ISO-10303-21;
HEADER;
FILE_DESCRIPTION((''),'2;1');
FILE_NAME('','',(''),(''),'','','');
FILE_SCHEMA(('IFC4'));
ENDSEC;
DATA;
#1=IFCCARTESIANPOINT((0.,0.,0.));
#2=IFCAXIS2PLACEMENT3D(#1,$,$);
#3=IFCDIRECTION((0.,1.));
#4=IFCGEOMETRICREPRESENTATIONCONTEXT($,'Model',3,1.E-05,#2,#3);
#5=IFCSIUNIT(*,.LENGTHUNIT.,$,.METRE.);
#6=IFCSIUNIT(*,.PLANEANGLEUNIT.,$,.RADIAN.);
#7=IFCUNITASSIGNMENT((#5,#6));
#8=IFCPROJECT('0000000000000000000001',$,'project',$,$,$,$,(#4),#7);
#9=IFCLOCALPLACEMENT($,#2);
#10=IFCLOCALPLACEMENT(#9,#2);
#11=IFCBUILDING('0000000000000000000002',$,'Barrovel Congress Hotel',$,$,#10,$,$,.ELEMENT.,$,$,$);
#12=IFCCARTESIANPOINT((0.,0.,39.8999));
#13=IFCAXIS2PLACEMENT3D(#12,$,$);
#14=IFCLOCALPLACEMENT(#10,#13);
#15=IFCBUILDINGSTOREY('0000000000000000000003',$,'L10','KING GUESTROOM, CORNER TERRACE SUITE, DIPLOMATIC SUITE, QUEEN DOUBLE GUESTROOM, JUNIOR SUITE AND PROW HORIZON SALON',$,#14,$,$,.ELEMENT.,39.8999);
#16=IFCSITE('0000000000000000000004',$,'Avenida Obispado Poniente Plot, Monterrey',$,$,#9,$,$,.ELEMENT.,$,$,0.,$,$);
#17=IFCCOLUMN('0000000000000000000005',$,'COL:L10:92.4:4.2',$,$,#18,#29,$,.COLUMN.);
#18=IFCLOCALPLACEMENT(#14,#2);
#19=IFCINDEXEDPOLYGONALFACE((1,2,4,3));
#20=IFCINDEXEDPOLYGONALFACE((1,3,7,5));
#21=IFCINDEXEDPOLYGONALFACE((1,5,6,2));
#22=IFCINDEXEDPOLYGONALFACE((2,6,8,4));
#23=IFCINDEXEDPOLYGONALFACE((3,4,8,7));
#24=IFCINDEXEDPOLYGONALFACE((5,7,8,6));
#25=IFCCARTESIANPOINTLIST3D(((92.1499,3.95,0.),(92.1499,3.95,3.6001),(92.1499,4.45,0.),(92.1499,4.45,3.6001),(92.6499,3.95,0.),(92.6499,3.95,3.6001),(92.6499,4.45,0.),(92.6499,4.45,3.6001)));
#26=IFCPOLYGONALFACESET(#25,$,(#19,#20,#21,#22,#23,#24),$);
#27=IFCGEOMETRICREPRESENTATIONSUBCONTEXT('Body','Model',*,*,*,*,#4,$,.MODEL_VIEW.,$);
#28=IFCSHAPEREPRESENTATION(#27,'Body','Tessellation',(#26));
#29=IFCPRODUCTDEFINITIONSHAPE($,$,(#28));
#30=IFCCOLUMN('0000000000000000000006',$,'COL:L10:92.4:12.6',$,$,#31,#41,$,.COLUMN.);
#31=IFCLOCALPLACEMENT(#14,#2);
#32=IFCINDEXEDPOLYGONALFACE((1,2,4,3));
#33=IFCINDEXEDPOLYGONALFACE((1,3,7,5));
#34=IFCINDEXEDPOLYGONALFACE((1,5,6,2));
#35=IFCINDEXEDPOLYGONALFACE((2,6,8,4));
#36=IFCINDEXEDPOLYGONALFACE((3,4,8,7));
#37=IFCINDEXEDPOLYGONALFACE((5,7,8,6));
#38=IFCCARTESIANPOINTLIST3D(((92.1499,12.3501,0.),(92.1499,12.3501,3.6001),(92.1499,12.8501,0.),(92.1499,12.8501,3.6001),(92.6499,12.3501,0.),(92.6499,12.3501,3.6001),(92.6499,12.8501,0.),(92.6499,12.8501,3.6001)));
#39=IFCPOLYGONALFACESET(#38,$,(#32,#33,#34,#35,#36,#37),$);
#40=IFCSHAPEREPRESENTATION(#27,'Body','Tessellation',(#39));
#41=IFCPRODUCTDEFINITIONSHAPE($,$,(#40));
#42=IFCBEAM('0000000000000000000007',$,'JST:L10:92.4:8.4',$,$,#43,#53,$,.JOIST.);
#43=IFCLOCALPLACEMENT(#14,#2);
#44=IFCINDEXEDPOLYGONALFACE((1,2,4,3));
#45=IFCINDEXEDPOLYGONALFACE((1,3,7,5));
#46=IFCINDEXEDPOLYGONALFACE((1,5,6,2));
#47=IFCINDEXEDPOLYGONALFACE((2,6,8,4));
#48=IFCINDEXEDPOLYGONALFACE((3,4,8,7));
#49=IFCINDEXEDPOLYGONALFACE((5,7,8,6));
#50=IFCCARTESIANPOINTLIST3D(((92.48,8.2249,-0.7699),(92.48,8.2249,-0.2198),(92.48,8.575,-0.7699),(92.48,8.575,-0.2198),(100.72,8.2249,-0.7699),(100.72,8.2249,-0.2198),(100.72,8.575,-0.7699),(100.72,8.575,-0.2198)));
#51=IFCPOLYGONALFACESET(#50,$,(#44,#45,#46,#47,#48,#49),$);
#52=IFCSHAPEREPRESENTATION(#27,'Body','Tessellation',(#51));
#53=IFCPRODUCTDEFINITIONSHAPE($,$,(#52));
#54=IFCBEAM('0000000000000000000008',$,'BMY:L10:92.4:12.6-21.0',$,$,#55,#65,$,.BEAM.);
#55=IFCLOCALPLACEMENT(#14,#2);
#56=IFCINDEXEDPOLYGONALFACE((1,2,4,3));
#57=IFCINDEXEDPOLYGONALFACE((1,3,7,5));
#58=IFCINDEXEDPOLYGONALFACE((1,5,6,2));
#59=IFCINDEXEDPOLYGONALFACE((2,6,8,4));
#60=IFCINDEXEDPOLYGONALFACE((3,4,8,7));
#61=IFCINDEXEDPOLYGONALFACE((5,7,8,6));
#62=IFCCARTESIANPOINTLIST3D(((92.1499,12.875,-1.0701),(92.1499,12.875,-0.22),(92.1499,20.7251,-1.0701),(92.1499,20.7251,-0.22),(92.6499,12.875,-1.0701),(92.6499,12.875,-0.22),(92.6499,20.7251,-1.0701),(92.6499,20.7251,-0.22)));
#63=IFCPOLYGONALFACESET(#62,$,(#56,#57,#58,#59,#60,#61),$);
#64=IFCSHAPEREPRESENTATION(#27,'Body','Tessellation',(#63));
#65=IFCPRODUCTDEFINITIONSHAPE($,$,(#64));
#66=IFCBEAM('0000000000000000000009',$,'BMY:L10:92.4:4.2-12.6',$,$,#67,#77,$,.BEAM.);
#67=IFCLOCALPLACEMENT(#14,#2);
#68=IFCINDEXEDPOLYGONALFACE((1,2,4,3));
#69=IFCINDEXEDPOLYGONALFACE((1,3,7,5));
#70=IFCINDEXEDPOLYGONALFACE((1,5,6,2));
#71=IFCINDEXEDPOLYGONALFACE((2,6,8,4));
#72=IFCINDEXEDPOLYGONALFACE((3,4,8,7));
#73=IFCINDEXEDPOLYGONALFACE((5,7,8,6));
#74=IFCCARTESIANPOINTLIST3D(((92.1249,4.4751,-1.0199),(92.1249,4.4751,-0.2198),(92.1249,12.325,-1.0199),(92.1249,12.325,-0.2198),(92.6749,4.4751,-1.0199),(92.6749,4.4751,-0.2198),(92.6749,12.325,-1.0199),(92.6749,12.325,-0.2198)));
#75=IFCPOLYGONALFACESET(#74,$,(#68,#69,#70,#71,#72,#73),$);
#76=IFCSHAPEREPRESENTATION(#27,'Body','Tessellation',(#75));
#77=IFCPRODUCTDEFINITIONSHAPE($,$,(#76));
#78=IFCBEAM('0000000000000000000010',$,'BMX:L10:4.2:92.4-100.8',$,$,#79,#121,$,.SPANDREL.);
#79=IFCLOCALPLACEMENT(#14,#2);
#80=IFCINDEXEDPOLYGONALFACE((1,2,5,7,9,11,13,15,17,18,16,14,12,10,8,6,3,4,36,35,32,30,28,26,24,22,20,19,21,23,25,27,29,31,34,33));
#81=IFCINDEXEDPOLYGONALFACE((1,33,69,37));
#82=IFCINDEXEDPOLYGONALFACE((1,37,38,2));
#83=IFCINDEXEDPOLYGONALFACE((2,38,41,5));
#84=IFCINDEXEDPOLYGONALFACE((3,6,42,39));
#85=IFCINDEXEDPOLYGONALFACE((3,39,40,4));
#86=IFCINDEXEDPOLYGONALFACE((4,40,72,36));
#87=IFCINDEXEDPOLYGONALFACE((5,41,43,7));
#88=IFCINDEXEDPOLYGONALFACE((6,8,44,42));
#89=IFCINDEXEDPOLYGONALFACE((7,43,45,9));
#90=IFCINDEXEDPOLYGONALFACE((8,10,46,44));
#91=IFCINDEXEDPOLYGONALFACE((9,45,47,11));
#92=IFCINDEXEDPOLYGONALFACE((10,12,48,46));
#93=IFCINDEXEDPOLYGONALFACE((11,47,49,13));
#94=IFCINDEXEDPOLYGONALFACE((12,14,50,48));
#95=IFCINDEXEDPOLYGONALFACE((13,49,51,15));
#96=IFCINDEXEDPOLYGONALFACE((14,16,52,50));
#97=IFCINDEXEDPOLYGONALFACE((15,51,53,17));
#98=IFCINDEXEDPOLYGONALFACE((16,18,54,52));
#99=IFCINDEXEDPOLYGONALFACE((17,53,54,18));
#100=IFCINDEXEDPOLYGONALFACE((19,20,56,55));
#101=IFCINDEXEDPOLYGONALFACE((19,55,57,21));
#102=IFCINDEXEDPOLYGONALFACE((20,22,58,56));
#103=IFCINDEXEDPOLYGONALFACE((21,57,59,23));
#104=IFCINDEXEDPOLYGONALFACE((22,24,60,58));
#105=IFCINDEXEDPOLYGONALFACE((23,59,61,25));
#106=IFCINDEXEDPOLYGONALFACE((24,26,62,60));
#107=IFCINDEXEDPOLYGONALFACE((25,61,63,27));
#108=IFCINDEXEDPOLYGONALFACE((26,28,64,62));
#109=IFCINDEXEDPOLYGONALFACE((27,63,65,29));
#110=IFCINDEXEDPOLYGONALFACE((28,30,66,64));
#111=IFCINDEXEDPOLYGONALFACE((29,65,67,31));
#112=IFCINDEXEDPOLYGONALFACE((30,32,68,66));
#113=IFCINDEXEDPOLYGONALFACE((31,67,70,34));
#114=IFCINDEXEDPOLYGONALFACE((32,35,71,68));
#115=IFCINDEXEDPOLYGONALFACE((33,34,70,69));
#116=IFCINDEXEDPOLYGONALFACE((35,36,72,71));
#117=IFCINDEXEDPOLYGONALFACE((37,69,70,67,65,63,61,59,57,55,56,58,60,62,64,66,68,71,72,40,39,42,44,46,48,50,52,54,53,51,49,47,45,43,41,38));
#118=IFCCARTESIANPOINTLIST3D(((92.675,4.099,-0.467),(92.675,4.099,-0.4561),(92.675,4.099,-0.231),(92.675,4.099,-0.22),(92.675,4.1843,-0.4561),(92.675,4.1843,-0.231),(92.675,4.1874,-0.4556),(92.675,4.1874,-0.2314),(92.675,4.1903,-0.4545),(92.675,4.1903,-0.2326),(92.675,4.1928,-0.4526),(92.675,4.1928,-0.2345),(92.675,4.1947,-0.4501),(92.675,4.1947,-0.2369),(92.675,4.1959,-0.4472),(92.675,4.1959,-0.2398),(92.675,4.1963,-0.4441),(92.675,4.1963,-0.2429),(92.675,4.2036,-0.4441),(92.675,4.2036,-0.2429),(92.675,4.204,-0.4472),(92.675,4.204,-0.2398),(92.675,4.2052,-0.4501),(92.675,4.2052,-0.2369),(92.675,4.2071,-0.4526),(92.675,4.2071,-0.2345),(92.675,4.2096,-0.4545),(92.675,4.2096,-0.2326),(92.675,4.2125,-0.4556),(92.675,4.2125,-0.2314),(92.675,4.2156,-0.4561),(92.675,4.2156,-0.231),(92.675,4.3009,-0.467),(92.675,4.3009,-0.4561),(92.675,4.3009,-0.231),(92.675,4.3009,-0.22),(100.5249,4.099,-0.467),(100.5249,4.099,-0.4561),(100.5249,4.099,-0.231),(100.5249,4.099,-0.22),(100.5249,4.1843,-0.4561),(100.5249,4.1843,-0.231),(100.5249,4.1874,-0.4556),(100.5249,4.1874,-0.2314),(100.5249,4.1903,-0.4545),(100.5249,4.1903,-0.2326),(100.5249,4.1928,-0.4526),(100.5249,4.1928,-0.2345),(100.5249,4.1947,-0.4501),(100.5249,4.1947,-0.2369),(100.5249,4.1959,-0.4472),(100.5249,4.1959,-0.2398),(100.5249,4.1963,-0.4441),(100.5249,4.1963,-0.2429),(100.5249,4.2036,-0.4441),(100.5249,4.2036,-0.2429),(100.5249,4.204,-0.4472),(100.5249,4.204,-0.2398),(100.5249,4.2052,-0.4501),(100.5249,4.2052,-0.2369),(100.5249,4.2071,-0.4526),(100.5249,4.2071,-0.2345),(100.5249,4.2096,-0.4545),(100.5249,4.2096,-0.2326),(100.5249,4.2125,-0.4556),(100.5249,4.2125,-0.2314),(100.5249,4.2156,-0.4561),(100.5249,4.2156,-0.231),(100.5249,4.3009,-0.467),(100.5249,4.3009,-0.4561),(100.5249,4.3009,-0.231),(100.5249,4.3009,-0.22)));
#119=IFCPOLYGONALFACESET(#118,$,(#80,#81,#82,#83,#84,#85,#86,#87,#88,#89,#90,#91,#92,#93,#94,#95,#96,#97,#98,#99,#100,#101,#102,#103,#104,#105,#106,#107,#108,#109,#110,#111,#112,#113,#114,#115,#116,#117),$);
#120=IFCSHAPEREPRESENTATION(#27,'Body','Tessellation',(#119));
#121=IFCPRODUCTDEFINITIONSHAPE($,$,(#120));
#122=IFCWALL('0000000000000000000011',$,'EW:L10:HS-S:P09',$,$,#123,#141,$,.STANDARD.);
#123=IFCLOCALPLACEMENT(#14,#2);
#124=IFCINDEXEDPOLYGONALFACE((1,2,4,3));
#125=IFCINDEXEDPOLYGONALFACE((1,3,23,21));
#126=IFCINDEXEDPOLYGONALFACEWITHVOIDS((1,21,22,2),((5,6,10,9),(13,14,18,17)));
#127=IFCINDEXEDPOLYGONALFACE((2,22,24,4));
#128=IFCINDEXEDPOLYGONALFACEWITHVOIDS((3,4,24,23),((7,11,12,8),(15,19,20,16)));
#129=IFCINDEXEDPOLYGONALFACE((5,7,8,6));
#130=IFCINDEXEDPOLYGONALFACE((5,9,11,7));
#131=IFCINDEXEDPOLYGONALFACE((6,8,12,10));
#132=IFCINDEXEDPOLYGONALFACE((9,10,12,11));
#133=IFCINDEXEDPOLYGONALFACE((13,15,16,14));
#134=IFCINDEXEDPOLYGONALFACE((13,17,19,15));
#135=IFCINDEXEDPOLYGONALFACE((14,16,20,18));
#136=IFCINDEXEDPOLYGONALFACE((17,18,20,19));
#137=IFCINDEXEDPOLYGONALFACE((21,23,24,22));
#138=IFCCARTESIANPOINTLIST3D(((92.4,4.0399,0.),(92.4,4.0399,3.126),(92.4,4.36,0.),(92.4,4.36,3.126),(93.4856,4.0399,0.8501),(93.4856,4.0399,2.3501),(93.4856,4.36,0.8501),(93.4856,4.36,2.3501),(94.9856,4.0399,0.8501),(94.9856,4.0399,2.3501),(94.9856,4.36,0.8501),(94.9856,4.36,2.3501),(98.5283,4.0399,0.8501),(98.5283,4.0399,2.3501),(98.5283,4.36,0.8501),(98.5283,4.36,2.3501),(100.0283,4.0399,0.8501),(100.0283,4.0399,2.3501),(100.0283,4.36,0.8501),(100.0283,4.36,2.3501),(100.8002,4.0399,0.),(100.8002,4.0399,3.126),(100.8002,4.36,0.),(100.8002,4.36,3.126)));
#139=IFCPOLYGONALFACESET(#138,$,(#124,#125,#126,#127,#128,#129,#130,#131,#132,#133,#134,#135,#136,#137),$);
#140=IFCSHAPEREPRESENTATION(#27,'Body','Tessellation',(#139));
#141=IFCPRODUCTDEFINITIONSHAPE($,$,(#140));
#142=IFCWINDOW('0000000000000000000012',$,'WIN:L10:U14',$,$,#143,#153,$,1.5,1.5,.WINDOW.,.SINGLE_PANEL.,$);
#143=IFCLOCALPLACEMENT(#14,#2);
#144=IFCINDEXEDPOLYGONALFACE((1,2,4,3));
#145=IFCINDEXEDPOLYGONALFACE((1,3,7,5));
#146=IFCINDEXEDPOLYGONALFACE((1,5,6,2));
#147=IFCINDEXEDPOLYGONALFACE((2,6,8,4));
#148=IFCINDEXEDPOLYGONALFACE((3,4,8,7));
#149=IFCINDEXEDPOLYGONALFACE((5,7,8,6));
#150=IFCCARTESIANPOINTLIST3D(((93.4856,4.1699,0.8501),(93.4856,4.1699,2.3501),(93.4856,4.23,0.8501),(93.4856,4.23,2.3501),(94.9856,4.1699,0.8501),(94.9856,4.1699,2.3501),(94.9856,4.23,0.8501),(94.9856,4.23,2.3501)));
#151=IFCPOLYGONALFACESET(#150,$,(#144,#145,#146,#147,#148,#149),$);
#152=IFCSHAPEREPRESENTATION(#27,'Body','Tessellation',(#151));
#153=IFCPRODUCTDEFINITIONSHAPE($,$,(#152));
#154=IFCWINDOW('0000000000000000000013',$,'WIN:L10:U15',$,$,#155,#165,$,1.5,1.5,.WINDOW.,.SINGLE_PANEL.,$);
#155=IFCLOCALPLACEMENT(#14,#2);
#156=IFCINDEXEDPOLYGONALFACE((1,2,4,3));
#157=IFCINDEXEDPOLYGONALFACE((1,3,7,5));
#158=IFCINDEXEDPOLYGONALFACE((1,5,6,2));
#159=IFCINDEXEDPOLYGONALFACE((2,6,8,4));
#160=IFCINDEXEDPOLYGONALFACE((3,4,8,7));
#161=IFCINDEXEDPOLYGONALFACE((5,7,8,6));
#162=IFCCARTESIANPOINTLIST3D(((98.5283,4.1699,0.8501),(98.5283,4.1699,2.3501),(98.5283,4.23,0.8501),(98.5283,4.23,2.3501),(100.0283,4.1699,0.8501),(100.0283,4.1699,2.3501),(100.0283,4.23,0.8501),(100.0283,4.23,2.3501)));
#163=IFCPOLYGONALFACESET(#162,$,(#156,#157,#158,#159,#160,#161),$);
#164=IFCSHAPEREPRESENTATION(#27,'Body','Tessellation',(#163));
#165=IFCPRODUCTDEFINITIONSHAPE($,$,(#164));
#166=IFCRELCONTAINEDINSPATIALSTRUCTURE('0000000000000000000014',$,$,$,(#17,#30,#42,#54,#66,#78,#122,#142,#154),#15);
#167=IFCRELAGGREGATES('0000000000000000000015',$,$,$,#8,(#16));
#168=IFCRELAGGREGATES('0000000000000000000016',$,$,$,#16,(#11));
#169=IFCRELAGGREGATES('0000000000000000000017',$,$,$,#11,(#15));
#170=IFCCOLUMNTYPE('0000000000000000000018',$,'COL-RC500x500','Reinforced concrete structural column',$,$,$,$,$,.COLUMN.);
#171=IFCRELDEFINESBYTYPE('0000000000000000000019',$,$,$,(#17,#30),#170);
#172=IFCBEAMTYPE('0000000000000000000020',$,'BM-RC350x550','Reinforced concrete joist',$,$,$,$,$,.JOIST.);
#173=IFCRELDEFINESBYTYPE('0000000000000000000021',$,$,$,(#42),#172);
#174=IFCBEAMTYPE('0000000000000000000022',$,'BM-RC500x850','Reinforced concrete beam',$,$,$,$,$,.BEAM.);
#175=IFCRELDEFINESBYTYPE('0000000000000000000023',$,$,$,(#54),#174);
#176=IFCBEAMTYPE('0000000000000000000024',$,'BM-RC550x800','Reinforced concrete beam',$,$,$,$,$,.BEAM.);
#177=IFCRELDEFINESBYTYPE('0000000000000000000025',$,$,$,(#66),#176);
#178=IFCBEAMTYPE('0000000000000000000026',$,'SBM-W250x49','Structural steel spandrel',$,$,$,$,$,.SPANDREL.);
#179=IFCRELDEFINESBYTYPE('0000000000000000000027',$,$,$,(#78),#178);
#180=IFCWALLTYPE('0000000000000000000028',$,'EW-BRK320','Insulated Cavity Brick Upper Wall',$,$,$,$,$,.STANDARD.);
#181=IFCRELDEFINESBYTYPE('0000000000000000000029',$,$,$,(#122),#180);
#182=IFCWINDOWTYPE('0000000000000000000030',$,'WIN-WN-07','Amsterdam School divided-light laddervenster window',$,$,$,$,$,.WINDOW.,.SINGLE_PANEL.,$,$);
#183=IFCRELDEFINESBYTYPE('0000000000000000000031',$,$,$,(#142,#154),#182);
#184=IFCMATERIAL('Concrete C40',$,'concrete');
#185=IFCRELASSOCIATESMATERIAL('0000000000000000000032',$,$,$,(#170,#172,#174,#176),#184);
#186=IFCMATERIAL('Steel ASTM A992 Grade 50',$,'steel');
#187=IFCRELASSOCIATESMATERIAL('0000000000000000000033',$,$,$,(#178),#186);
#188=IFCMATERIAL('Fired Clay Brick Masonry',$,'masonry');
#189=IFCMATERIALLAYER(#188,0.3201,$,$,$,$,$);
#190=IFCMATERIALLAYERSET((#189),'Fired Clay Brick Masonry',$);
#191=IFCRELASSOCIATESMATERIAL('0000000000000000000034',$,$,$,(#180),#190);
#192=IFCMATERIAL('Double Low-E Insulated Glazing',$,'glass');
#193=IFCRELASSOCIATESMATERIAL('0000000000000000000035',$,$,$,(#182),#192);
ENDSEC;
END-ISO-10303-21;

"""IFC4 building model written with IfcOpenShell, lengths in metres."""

from ifc_helpers import new_model, si_unit, direction, frame, frame_2d, origin, origin_2d, place, context, subcontext, project, spatial, rectangle, i_section, extrude, material, layer, layer_set, material_profile, profile_set, type_object, element, fill, save


model = new_model("IFC4")

# Units and contexts
model_context = context("Model", 3, precision=1e-05, world=origin(), true_north=direction((0.0, 1.0)))
body_context = subcontext(model_context, "Body", "Model", "MODEL_VIEW")
ifc_project = project(units=[si_unit("LENGTHUNIT", "METRE"), si_unit("PLANEANGLEUNIT", "RADIAN")], contexts=[model_context])

# Site, building, storey
site_placement = place(None, origin())
site = spatial("IfcSite", under=ifc_project, at=site_placement, Name="Avenida Obispado Poniente Plot, Monterrey", CompositionType="ELEMENT", RefElevation=0.0)
building_placement = place(site_placement, origin())
building = spatial("IfcBuilding", under=site, at=building_placement, Name="Barrovel Congress Hotel", CompositionType="ELEMENT")
storey_placement = place(building_placement, frame((0.0, 0.0, 39.8999)))
storey = spatial("IfcBuildingStorey", under=building, at=storey_placement, Name="L10", Description="KING GUESTROOM, CORNER TERRACE SUITE, DIPLOMATIC SUITE, QUEEN DOUBLE GUESTROOM, JUNIOR SUITE AND PROW HORIZON SALON", CompositionType="ELEMENT", Elevation=39.8999)

# Columns
ifc_material_1 = material(Name="Concrete C40", Category="concrete")
ifc_material_profile_1 = material_profile(ifc_material_1, rectangle(XDim=0.5, YDim=0.5, at=origin_2d()), Name="RC500x500")
ifc_profile_set_1 = profile_set([ifc_material_profile_1], Name="Concrete C40")
column_type = type_object("IfcColumnType", Name="COL-RC500x500", Description="Reinforced concrete structural column", PredefinedType="COLUMN", material=ifc_profile_set_1)
for number, where, z_axis, x_axis, name in (
    (1, (92.3999, 4.2, 0.0), (0.0, 0.0, 1.0), (1.0, 0.0, 0.0), "COL:L10:92.4:4.2"),
    (2, (92.3999, 12.6001, 0.0), (0.0, 0.0, 1.0), (1.0, 0.0, 0.0), "COL:L10:92.4:12.6"),
):
    element("IfcColumn", number, at=place(storey_placement, frame(where, z_axis=z_axis, x_axis=x_axis)), inside=storey, type_object=column_type, Name=name, PredefinedType="COLUMN", context=body_context, shape_type="SweptSolid", body=[
        extrude(rectangle(XDim=0.5, YDim=0.5, at=origin_2d()), origin(), (0.0, 0.0, 1.0), 3.6001),
    ])

# Beams
ifc_material_profile_2 = material_profile(ifc_material_1, rectangle(XDim=0.3501, YDim=0.55, at=origin_2d()), Name="RC350x550")
ifc_profile_set_2 = profile_set([ifc_material_profile_2], Name="Concrete C40")
beam_type_1 = type_object("IfcBeamType", Name="BM-RC350x550", Description="Reinforced concrete joist", PredefinedType="JOIST", material=ifc_profile_set_2)
beam_1_placement = place(storey_placement, frame((92.48, 8.3999, -0.4949), z_axis=(1.0, 0.0, 0.0), x_axis=(0.0, 1.0, 0.0)))
element("IfcBeam", 3, at=beam_1_placement, inside=storey, type_object=beam_type_1, Name="JST:L10:92.4:8.4", PredefinedType="JOIST", context=body_context, shape_type="SweptSolid", body=[
    extrude(rectangle(XDim=0.3501, YDim=0.55, at=origin_2d()), origin(), (0.0, 0.0, 1.0), 8.24),
])
ifc_material_profile_3 = material_profile(ifc_material_1, rectangle(XDim=0.5, YDim=0.8501, at=origin_2d()), Name="RC500x850")
ifc_profile_set_3 = profile_set([ifc_material_profile_3], Name="Concrete C40")
beam_type_2 = type_object("IfcBeamType", Name="BM-RC500x850", Description="Reinforced concrete beam", PredefinedType="BEAM", material=ifc_profile_set_3)
beam_2_placement = place(storey_placement, frame((92.3999, 12.875, -0.645), z_axis=(0.0, 1.0, 0.0), x_axis=(-1.0, 0.0, 0.0)))
element("IfcBeam", 4, at=beam_2_placement, inside=storey, type_object=beam_type_2, Name="BMY:L10:92.4:12.6-21.0", PredefinedType="BEAM", context=body_context, shape_type="SweptSolid", body=[
    extrude(rectangle(XDim=0.5, YDim=0.8501, at=origin_2d()), origin(), (0.0, 0.0, 1.0), 7.8501),
])
ifc_material_profile_4 = material_profile(ifc_material_1, rectangle(XDim=0.55, YDim=0.8, at=origin_2d()), Name="RC550x800")
ifc_profile_set_4 = profile_set([ifc_material_profile_4], Name="Concrete C40")
beam_type_3 = type_object("IfcBeamType", Name="BM-RC550x800", Description="Reinforced concrete beam", PredefinedType="BEAM", material=ifc_profile_set_4)
beam_3_placement = place(storey_placement, frame((92.3999, 4.4751, -0.6199), z_axis=(0.0, 1.0, 0.0), x_axis=(-1.0, 0.0, 0.0)))
element("IfcBeam", 5, at=beam_3_placement, inside=storey, type_object=beam_type_3, Name="BMY:L10:92.4:4.2-12.6", PredefinedType="BEAM", context=body_context, shape_type="SweptSolid", body=[
    extrude(rectangle(XDim=0.55, YDim=0.8, at=origin_2d()), origin(), (0.0, 0.0, 1.0), 7.8499),
])
ifc_material_2 = material(Name="Steel ASTM A992 Grade 50", Category="steel")
ifc_material_profile_5 = material_profile(ifc_material_2, i_section(OverallWidth=0.2019, OverallDepth=0.2471, WebThickness=0.0073, FlangeThickness=0.011, FilletRadius=0.012, at=origin_2d()), Name="W250x49")
ifc_profile_set_5 = profile_set([ifc_material_profile_5], Name="Steel ASTM A992 Grade 50")
beam_type_4 = type_object("IfcBeamType", Name="SBM-W250x49", Description="Structural steel spandrel", PredefinedType="SPANDREL", material=ifc_profile_set_5)
beam_4_placement = place(storey_placement, frame((92.675, 4.2, -0.3435), z_axis=(1.0, 0.0, 0.0), x_axis=(0.0, 1.0, 0.0)))
element("IfcBeam", 6, at=beam_4_placement, inside=storey, type_object=beam_type_4, Name="BMX:L10:4.2:92.4-100.8", PredefinedType="SPANDREL", context=body_context, shape_type="SweptSolid", body=[
    extrude(i_section(OverallWidth=0.2019, OverallDepth=0.2471, WebThickness=0.0073, FlangeThickness=0.011, FilletRadius=0.012, at=origin_2d()), origin(), (0.0, 0.0, 1.0), 7.8499),
])

# Wall, openings, windows
ifc_material_3 = material(Name="Fired Clay Brick Masonry", Category="masonry")
ifc_layer_1 = layer(ifc_material_3, 0.3201)
ifc_layer_set_1 = layer_set([ifc_layer_1], Name="Fired Clay Brick Masonry")
wall_type_1 = type_object("IfcWallType", Name="EW-BRK320", Description="Insulated Cavity Brick Upper Wall", PredefinedType="STANDARD", material=ifc_layer_set_1)
wall_1_placement = place(storey_placement, frame((92.3999, 4.2, 0.0), z_axis=(0.0, 0.0, 1.0), x_axis=(1.0, 0.0, 0.0)))
wall_1 = element("IfcWall", 7, at=wall_1_placement, inside=storey, type_object=wall_type_1, Name="EW:L10:HS-S:P09", PredefinedType="STANDARD", context=body_context, shape_type="SweptSolid", body=[
    extrude(rectangle(XDim=8.4001, YDim=0.3201, at=frame_2d((4.2002, 0.0))), origin(), (0.0, 0.0, 1.0), 3.126),
])
opening_1_placement = place(wall_1_placement, frame((1.0857, 0.0, 0.8501)))
opening_1 = element("IfcOpeningElement", 8, at=opening_1_placement, cuts=wall_1, PredefinedType="OPENING", context=body_context, shape_type="SweptSolid", body=[
    extrude(rectangle(XDim=1.5, YDim=1.5, at=frame_2d((0.75, 0.75))), frame((0.0, 0.1699, 0.0), z_axis=(0.0, -1.0, 0.0), x_axis=(1.0, 0.0, 0.0)), (0.0, 0.0, 1.0), 0.3401),
])
opening_2_placement = place(wall_1_placement, frame((6.1284, 0.0, 0.8501)))
opening_2 = element("IfcOpeningElement", 9, at=opening_2_placement, cuts=wall_1, PredefinedType="OPENING", context=body_context, shape_type="SweptSolid", body=[
    extrude(rectangle(XDim=1.5, YDim=1.5, at=frame_2d((0.75, 0.75))), frame((0.0, 0.1699, 0.0), z_axis=(0.0, -1.0, 0.0), x_axis=(1.0, 0.0, 0.0)), (0.0, 0.0, 1.0), 0.3401),
])
ifc_material_4 = material(Name="Double Low-E Insulated Glazing", Category="glass")
window_type = type_object("IfcWindowType", Name="WIN-WN-07", Description="Amsterdam School divided-light laddervenster window", PartitioningType="SINGLE_PANEL", PredefinedType="WINDOW", material=ifc_material_4)
window_1_placement = place(opening_1_placement, origin())
window_1 = element("IfcWindow", 10, at=window_1_placement, inside=storey, type_object=window_type, Name="WIN:L10:U14", OverallHeight=1.5, OverallWidth=1.5, PartitioningType="SINGLE_PANEL", PredefinedType="WINDOW", context=body_context, shape_type="SweptSolid", body=[
    extrude(rectangle(XDim=1.5, YDim=1.5, at=frame_2d((0.75, 0.75))), frame((0.0, 0.03, 0.0), z_axis=(0.0, -1.0, 0.0), x_axis=(1.0, 0.0, 0.0)), (0.0, 0.0, 1.0), 0.0601),
])
fill(opening_1, window_1)
window_2_placement = place(opening_2_placement, origin())
window_2 = element("IfcWindow", 11, at=window_2_placement, inside=storey, type_object=window_type, Name="WIN:L10:U15", OverallHeight=1.5, OverallWidth=1.5, PartitioningType="SINGLE_PANEL", PredefinedType="WINDOW", context=body_context, shape_type="SweptSolid", body=[
    extrude(rectangle(XDim=1.5, YDim=1.5, at=frame_2d((0.75, 0.75))), frame((0.0, 0.03, 0.0), z_axis=(0.0, -1.0, 0.0), x_axis=(1.0, 0.0, 0.0)), (0.0, 0.0, 1.0), 0.0601),
])
fill(opening_2, window_2)

save(model, "model.ifc")
